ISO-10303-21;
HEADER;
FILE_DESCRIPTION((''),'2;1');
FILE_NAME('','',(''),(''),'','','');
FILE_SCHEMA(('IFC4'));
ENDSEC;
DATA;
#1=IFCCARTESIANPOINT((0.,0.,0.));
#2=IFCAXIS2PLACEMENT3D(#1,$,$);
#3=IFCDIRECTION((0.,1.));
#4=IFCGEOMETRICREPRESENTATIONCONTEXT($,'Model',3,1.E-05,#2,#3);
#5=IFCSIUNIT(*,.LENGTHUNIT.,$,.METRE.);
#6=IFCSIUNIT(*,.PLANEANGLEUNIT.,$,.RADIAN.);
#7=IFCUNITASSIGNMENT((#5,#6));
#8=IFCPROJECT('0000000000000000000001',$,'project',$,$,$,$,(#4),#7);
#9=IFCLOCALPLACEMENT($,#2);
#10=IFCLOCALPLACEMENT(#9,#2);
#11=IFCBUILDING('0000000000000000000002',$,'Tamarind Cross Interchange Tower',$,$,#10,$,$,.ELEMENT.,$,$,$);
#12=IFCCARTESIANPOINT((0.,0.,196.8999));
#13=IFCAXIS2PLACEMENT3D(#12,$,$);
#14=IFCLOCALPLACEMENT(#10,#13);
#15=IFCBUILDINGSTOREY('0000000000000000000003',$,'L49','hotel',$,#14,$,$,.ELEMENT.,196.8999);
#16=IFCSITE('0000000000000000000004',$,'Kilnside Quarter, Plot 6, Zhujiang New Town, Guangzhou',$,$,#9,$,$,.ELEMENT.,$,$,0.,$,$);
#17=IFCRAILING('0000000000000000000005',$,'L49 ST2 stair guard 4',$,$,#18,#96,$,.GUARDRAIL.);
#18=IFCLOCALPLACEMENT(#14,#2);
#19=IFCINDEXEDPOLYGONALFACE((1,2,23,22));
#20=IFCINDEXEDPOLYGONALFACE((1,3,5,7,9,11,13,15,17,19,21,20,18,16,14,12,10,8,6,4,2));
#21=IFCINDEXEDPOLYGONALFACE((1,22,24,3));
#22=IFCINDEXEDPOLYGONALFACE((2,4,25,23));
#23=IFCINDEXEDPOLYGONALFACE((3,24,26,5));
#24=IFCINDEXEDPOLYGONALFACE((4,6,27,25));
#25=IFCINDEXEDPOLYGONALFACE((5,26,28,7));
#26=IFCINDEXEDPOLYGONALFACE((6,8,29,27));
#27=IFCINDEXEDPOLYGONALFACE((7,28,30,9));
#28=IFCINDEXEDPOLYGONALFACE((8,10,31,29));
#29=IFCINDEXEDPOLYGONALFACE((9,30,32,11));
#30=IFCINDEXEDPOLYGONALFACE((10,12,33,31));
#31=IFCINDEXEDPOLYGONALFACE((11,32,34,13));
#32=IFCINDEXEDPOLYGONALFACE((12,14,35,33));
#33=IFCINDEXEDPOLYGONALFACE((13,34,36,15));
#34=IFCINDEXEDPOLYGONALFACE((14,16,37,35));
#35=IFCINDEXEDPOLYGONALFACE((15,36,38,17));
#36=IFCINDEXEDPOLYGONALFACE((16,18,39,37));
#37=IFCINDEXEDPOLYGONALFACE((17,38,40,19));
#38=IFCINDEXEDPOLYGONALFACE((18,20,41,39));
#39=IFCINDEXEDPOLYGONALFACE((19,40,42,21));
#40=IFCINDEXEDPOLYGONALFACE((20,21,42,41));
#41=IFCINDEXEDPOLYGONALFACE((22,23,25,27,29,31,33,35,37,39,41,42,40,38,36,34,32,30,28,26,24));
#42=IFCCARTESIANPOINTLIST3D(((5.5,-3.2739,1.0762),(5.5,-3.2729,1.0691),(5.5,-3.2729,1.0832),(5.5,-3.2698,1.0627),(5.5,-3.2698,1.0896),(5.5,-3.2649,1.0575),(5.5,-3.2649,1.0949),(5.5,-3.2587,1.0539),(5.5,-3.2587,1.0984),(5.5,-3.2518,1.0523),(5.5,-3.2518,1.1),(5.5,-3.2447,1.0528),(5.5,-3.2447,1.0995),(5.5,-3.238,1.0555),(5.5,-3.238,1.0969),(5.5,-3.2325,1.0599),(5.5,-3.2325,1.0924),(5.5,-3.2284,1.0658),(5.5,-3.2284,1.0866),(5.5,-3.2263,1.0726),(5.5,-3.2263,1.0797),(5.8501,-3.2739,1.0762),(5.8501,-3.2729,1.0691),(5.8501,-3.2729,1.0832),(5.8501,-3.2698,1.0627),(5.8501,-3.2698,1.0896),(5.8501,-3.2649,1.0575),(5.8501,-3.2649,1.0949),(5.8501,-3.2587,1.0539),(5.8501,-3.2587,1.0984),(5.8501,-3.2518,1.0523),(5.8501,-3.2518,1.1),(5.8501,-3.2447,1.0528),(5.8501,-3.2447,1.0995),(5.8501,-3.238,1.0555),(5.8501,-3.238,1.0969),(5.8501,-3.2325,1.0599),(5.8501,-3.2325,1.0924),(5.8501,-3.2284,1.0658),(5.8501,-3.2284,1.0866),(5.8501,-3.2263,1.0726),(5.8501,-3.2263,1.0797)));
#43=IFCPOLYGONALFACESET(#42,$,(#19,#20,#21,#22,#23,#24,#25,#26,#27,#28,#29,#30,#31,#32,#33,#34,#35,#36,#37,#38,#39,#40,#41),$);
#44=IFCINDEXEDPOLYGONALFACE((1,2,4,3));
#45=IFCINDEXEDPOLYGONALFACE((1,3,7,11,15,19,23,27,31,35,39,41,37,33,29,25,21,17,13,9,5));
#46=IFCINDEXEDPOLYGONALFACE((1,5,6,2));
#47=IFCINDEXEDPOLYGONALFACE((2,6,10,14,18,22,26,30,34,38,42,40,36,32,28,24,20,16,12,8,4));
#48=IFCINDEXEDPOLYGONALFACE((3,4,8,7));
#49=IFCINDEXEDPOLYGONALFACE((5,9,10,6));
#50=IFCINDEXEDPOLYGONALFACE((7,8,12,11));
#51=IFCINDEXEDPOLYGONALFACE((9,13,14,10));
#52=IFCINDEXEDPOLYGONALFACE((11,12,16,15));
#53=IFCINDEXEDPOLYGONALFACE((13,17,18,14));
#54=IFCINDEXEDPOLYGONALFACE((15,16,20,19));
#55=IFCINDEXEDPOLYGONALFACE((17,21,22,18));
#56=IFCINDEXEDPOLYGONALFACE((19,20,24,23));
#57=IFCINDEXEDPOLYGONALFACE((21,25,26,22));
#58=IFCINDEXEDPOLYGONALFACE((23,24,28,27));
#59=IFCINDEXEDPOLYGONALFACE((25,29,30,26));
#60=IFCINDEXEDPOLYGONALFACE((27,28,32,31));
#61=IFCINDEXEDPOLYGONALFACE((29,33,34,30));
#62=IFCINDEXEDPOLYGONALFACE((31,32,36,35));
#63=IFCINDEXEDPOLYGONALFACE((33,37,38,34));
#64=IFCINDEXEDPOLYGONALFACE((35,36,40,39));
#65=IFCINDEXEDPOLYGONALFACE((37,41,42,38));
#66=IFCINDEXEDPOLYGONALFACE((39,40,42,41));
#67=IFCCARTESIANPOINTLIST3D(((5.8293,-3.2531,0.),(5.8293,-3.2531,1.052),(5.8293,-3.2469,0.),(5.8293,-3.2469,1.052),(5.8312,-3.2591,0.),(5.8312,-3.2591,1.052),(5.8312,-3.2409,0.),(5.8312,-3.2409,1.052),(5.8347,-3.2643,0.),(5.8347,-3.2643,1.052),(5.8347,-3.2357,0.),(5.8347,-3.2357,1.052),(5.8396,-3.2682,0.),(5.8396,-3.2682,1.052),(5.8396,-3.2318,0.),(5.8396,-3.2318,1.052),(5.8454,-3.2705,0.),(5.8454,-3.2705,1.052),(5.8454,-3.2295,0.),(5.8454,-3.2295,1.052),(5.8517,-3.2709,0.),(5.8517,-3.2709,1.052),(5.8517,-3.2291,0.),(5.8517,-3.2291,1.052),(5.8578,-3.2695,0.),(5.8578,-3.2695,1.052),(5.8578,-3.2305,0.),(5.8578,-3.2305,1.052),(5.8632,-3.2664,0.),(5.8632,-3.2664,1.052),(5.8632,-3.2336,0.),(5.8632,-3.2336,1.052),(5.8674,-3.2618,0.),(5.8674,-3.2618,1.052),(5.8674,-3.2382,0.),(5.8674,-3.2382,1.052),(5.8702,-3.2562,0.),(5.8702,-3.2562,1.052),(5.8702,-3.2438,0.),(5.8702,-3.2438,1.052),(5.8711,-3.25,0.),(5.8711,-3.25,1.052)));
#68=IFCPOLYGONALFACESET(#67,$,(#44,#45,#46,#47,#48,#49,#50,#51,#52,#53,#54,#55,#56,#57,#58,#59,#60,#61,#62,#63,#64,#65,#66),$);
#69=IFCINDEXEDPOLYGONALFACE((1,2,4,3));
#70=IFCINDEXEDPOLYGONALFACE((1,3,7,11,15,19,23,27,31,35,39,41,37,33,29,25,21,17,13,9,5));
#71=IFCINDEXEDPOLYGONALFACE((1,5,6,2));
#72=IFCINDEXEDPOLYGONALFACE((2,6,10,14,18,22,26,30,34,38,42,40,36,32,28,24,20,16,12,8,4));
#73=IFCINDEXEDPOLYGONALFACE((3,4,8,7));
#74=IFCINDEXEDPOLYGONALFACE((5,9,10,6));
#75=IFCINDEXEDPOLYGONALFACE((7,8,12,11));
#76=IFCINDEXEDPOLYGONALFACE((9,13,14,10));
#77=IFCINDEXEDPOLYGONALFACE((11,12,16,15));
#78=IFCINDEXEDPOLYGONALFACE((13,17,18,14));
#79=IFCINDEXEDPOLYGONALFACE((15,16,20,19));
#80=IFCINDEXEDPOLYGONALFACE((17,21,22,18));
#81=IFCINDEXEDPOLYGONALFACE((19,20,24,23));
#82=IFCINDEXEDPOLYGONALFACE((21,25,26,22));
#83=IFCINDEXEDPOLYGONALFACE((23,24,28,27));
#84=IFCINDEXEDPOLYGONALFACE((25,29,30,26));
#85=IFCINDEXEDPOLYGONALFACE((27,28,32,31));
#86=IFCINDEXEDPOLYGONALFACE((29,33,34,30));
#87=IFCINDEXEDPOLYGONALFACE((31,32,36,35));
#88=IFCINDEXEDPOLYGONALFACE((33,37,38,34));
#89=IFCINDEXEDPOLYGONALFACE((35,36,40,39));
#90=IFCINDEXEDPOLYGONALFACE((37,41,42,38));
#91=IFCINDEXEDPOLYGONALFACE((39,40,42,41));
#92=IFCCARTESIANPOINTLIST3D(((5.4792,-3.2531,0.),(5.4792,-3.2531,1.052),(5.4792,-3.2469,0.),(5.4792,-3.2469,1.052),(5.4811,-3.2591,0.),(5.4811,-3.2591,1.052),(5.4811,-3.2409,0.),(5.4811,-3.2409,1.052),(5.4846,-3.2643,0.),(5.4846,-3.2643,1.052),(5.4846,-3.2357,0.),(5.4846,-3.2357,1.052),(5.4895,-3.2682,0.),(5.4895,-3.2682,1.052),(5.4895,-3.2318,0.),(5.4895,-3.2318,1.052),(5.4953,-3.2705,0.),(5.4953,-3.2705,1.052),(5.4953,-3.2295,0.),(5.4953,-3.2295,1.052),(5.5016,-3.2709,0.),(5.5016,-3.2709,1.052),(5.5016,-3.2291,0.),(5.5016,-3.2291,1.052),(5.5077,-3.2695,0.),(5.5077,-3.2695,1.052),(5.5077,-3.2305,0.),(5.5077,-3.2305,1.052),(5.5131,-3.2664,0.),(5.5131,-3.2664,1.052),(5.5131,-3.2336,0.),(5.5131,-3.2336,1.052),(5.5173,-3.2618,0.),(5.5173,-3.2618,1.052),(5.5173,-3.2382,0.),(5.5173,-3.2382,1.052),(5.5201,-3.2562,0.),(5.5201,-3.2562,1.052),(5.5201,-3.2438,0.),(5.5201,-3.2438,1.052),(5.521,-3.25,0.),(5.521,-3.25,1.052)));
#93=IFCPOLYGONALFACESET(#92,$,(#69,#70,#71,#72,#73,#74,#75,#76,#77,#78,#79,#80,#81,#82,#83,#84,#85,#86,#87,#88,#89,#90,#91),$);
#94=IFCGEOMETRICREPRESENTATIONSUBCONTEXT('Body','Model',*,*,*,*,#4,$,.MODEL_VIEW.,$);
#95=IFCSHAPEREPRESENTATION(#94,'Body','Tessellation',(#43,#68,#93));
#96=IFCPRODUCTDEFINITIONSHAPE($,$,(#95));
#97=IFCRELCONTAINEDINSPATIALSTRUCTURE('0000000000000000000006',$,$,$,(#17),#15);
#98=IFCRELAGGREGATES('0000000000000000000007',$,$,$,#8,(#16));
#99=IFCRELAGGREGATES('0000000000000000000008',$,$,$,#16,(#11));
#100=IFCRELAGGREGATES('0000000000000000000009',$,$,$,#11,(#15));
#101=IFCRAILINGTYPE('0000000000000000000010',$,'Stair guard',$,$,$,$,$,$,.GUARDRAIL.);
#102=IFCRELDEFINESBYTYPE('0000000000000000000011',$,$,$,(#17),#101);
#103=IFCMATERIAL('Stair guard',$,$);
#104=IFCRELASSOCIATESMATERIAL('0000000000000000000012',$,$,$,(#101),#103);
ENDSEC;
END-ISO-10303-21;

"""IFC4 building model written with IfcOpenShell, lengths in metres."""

from ifc_helpers import new_model, si_unit, direction, frame, origin, origin_2d, place, context, subcontext, project, spatial, circle, extrude, material, type_object, element, save


model = new_model("IFC4")

# Units and contexts
model_context = context("Model", 3, precision=1e-05, world=origin(), true_north=direction((0.0, 1.0)))
body_context = subcontext(model_context, "Body", "Model", "MODEL_VIEW")
ifc_project = project(units=[si_unit("LENGTHUNIT", "METRE"), si_unit("PLANEANGLEUNIT", "RADIAN")], contexts=[model_context])

# Site, building, storey
site_placement = place(None, origin())
site = spatial("IfcSite", under=ifc_project, at=site_placement, Name="Kilnside Quarter, Plot 6, Zhujiang New Town, Guangzhou", CompositionType="ELEMENT", RefElevation=0.0)
building_placement = place(site_placement, origin())
building = spatial("IfcBuilding", under=site, at=building_placement, Name="Tamarind Cross Interchange Tower", CompositionType="ELEMENT")
storey_placement = place(building_placement, frame((0.0, 0.0, 196.8999)))
storey = spatial("IfcBuildingStorey", under=building, at=storey_placement, Name="L49", Description="hotel", CompositionType="ELEMENT", Elevation=196.8999)

# Railing
ifc_material_1 = material(Name="Stair guard")
railing_type_1 = type_object("IfcRailingType", Name="Stair guard", PredefinedType="GUARDRAIL", material=ifc_material_1)
railing_1_placement = place(storey_placement, frame((5.8501, -3.25, 0.0)))
element("IfcRailing", 1, at=railing_1_placement, inside=storey, type_object=railing_type_1, Name="L49 ST2 stair guard 4", PredefinedType="GUARDRAIL", context=body_context, shape_type="SweptSolid", body=[
    extrude(circle(Radius=0.0239, at=origin_2d()), frame((0.0, 0.0, 1.0762), z_axis=(-1.0, 0.0, 0.0), x_axis=(0.0, -1.0, 0.0)), (0.0, 0.0, 1.0), 0.3501),
    extrude(circle(Radius=0.021, at=origin_2d()), origin(), (0.0, 0.0, 1.0), 1.052),
    extrude(circle(Radius=0.021, at=origin_2d()), frame((-0.3501, 0.0, 0.0)), (0.0, 0.0, 1.0), 1.052),
])

save(model, "model.ifc")
